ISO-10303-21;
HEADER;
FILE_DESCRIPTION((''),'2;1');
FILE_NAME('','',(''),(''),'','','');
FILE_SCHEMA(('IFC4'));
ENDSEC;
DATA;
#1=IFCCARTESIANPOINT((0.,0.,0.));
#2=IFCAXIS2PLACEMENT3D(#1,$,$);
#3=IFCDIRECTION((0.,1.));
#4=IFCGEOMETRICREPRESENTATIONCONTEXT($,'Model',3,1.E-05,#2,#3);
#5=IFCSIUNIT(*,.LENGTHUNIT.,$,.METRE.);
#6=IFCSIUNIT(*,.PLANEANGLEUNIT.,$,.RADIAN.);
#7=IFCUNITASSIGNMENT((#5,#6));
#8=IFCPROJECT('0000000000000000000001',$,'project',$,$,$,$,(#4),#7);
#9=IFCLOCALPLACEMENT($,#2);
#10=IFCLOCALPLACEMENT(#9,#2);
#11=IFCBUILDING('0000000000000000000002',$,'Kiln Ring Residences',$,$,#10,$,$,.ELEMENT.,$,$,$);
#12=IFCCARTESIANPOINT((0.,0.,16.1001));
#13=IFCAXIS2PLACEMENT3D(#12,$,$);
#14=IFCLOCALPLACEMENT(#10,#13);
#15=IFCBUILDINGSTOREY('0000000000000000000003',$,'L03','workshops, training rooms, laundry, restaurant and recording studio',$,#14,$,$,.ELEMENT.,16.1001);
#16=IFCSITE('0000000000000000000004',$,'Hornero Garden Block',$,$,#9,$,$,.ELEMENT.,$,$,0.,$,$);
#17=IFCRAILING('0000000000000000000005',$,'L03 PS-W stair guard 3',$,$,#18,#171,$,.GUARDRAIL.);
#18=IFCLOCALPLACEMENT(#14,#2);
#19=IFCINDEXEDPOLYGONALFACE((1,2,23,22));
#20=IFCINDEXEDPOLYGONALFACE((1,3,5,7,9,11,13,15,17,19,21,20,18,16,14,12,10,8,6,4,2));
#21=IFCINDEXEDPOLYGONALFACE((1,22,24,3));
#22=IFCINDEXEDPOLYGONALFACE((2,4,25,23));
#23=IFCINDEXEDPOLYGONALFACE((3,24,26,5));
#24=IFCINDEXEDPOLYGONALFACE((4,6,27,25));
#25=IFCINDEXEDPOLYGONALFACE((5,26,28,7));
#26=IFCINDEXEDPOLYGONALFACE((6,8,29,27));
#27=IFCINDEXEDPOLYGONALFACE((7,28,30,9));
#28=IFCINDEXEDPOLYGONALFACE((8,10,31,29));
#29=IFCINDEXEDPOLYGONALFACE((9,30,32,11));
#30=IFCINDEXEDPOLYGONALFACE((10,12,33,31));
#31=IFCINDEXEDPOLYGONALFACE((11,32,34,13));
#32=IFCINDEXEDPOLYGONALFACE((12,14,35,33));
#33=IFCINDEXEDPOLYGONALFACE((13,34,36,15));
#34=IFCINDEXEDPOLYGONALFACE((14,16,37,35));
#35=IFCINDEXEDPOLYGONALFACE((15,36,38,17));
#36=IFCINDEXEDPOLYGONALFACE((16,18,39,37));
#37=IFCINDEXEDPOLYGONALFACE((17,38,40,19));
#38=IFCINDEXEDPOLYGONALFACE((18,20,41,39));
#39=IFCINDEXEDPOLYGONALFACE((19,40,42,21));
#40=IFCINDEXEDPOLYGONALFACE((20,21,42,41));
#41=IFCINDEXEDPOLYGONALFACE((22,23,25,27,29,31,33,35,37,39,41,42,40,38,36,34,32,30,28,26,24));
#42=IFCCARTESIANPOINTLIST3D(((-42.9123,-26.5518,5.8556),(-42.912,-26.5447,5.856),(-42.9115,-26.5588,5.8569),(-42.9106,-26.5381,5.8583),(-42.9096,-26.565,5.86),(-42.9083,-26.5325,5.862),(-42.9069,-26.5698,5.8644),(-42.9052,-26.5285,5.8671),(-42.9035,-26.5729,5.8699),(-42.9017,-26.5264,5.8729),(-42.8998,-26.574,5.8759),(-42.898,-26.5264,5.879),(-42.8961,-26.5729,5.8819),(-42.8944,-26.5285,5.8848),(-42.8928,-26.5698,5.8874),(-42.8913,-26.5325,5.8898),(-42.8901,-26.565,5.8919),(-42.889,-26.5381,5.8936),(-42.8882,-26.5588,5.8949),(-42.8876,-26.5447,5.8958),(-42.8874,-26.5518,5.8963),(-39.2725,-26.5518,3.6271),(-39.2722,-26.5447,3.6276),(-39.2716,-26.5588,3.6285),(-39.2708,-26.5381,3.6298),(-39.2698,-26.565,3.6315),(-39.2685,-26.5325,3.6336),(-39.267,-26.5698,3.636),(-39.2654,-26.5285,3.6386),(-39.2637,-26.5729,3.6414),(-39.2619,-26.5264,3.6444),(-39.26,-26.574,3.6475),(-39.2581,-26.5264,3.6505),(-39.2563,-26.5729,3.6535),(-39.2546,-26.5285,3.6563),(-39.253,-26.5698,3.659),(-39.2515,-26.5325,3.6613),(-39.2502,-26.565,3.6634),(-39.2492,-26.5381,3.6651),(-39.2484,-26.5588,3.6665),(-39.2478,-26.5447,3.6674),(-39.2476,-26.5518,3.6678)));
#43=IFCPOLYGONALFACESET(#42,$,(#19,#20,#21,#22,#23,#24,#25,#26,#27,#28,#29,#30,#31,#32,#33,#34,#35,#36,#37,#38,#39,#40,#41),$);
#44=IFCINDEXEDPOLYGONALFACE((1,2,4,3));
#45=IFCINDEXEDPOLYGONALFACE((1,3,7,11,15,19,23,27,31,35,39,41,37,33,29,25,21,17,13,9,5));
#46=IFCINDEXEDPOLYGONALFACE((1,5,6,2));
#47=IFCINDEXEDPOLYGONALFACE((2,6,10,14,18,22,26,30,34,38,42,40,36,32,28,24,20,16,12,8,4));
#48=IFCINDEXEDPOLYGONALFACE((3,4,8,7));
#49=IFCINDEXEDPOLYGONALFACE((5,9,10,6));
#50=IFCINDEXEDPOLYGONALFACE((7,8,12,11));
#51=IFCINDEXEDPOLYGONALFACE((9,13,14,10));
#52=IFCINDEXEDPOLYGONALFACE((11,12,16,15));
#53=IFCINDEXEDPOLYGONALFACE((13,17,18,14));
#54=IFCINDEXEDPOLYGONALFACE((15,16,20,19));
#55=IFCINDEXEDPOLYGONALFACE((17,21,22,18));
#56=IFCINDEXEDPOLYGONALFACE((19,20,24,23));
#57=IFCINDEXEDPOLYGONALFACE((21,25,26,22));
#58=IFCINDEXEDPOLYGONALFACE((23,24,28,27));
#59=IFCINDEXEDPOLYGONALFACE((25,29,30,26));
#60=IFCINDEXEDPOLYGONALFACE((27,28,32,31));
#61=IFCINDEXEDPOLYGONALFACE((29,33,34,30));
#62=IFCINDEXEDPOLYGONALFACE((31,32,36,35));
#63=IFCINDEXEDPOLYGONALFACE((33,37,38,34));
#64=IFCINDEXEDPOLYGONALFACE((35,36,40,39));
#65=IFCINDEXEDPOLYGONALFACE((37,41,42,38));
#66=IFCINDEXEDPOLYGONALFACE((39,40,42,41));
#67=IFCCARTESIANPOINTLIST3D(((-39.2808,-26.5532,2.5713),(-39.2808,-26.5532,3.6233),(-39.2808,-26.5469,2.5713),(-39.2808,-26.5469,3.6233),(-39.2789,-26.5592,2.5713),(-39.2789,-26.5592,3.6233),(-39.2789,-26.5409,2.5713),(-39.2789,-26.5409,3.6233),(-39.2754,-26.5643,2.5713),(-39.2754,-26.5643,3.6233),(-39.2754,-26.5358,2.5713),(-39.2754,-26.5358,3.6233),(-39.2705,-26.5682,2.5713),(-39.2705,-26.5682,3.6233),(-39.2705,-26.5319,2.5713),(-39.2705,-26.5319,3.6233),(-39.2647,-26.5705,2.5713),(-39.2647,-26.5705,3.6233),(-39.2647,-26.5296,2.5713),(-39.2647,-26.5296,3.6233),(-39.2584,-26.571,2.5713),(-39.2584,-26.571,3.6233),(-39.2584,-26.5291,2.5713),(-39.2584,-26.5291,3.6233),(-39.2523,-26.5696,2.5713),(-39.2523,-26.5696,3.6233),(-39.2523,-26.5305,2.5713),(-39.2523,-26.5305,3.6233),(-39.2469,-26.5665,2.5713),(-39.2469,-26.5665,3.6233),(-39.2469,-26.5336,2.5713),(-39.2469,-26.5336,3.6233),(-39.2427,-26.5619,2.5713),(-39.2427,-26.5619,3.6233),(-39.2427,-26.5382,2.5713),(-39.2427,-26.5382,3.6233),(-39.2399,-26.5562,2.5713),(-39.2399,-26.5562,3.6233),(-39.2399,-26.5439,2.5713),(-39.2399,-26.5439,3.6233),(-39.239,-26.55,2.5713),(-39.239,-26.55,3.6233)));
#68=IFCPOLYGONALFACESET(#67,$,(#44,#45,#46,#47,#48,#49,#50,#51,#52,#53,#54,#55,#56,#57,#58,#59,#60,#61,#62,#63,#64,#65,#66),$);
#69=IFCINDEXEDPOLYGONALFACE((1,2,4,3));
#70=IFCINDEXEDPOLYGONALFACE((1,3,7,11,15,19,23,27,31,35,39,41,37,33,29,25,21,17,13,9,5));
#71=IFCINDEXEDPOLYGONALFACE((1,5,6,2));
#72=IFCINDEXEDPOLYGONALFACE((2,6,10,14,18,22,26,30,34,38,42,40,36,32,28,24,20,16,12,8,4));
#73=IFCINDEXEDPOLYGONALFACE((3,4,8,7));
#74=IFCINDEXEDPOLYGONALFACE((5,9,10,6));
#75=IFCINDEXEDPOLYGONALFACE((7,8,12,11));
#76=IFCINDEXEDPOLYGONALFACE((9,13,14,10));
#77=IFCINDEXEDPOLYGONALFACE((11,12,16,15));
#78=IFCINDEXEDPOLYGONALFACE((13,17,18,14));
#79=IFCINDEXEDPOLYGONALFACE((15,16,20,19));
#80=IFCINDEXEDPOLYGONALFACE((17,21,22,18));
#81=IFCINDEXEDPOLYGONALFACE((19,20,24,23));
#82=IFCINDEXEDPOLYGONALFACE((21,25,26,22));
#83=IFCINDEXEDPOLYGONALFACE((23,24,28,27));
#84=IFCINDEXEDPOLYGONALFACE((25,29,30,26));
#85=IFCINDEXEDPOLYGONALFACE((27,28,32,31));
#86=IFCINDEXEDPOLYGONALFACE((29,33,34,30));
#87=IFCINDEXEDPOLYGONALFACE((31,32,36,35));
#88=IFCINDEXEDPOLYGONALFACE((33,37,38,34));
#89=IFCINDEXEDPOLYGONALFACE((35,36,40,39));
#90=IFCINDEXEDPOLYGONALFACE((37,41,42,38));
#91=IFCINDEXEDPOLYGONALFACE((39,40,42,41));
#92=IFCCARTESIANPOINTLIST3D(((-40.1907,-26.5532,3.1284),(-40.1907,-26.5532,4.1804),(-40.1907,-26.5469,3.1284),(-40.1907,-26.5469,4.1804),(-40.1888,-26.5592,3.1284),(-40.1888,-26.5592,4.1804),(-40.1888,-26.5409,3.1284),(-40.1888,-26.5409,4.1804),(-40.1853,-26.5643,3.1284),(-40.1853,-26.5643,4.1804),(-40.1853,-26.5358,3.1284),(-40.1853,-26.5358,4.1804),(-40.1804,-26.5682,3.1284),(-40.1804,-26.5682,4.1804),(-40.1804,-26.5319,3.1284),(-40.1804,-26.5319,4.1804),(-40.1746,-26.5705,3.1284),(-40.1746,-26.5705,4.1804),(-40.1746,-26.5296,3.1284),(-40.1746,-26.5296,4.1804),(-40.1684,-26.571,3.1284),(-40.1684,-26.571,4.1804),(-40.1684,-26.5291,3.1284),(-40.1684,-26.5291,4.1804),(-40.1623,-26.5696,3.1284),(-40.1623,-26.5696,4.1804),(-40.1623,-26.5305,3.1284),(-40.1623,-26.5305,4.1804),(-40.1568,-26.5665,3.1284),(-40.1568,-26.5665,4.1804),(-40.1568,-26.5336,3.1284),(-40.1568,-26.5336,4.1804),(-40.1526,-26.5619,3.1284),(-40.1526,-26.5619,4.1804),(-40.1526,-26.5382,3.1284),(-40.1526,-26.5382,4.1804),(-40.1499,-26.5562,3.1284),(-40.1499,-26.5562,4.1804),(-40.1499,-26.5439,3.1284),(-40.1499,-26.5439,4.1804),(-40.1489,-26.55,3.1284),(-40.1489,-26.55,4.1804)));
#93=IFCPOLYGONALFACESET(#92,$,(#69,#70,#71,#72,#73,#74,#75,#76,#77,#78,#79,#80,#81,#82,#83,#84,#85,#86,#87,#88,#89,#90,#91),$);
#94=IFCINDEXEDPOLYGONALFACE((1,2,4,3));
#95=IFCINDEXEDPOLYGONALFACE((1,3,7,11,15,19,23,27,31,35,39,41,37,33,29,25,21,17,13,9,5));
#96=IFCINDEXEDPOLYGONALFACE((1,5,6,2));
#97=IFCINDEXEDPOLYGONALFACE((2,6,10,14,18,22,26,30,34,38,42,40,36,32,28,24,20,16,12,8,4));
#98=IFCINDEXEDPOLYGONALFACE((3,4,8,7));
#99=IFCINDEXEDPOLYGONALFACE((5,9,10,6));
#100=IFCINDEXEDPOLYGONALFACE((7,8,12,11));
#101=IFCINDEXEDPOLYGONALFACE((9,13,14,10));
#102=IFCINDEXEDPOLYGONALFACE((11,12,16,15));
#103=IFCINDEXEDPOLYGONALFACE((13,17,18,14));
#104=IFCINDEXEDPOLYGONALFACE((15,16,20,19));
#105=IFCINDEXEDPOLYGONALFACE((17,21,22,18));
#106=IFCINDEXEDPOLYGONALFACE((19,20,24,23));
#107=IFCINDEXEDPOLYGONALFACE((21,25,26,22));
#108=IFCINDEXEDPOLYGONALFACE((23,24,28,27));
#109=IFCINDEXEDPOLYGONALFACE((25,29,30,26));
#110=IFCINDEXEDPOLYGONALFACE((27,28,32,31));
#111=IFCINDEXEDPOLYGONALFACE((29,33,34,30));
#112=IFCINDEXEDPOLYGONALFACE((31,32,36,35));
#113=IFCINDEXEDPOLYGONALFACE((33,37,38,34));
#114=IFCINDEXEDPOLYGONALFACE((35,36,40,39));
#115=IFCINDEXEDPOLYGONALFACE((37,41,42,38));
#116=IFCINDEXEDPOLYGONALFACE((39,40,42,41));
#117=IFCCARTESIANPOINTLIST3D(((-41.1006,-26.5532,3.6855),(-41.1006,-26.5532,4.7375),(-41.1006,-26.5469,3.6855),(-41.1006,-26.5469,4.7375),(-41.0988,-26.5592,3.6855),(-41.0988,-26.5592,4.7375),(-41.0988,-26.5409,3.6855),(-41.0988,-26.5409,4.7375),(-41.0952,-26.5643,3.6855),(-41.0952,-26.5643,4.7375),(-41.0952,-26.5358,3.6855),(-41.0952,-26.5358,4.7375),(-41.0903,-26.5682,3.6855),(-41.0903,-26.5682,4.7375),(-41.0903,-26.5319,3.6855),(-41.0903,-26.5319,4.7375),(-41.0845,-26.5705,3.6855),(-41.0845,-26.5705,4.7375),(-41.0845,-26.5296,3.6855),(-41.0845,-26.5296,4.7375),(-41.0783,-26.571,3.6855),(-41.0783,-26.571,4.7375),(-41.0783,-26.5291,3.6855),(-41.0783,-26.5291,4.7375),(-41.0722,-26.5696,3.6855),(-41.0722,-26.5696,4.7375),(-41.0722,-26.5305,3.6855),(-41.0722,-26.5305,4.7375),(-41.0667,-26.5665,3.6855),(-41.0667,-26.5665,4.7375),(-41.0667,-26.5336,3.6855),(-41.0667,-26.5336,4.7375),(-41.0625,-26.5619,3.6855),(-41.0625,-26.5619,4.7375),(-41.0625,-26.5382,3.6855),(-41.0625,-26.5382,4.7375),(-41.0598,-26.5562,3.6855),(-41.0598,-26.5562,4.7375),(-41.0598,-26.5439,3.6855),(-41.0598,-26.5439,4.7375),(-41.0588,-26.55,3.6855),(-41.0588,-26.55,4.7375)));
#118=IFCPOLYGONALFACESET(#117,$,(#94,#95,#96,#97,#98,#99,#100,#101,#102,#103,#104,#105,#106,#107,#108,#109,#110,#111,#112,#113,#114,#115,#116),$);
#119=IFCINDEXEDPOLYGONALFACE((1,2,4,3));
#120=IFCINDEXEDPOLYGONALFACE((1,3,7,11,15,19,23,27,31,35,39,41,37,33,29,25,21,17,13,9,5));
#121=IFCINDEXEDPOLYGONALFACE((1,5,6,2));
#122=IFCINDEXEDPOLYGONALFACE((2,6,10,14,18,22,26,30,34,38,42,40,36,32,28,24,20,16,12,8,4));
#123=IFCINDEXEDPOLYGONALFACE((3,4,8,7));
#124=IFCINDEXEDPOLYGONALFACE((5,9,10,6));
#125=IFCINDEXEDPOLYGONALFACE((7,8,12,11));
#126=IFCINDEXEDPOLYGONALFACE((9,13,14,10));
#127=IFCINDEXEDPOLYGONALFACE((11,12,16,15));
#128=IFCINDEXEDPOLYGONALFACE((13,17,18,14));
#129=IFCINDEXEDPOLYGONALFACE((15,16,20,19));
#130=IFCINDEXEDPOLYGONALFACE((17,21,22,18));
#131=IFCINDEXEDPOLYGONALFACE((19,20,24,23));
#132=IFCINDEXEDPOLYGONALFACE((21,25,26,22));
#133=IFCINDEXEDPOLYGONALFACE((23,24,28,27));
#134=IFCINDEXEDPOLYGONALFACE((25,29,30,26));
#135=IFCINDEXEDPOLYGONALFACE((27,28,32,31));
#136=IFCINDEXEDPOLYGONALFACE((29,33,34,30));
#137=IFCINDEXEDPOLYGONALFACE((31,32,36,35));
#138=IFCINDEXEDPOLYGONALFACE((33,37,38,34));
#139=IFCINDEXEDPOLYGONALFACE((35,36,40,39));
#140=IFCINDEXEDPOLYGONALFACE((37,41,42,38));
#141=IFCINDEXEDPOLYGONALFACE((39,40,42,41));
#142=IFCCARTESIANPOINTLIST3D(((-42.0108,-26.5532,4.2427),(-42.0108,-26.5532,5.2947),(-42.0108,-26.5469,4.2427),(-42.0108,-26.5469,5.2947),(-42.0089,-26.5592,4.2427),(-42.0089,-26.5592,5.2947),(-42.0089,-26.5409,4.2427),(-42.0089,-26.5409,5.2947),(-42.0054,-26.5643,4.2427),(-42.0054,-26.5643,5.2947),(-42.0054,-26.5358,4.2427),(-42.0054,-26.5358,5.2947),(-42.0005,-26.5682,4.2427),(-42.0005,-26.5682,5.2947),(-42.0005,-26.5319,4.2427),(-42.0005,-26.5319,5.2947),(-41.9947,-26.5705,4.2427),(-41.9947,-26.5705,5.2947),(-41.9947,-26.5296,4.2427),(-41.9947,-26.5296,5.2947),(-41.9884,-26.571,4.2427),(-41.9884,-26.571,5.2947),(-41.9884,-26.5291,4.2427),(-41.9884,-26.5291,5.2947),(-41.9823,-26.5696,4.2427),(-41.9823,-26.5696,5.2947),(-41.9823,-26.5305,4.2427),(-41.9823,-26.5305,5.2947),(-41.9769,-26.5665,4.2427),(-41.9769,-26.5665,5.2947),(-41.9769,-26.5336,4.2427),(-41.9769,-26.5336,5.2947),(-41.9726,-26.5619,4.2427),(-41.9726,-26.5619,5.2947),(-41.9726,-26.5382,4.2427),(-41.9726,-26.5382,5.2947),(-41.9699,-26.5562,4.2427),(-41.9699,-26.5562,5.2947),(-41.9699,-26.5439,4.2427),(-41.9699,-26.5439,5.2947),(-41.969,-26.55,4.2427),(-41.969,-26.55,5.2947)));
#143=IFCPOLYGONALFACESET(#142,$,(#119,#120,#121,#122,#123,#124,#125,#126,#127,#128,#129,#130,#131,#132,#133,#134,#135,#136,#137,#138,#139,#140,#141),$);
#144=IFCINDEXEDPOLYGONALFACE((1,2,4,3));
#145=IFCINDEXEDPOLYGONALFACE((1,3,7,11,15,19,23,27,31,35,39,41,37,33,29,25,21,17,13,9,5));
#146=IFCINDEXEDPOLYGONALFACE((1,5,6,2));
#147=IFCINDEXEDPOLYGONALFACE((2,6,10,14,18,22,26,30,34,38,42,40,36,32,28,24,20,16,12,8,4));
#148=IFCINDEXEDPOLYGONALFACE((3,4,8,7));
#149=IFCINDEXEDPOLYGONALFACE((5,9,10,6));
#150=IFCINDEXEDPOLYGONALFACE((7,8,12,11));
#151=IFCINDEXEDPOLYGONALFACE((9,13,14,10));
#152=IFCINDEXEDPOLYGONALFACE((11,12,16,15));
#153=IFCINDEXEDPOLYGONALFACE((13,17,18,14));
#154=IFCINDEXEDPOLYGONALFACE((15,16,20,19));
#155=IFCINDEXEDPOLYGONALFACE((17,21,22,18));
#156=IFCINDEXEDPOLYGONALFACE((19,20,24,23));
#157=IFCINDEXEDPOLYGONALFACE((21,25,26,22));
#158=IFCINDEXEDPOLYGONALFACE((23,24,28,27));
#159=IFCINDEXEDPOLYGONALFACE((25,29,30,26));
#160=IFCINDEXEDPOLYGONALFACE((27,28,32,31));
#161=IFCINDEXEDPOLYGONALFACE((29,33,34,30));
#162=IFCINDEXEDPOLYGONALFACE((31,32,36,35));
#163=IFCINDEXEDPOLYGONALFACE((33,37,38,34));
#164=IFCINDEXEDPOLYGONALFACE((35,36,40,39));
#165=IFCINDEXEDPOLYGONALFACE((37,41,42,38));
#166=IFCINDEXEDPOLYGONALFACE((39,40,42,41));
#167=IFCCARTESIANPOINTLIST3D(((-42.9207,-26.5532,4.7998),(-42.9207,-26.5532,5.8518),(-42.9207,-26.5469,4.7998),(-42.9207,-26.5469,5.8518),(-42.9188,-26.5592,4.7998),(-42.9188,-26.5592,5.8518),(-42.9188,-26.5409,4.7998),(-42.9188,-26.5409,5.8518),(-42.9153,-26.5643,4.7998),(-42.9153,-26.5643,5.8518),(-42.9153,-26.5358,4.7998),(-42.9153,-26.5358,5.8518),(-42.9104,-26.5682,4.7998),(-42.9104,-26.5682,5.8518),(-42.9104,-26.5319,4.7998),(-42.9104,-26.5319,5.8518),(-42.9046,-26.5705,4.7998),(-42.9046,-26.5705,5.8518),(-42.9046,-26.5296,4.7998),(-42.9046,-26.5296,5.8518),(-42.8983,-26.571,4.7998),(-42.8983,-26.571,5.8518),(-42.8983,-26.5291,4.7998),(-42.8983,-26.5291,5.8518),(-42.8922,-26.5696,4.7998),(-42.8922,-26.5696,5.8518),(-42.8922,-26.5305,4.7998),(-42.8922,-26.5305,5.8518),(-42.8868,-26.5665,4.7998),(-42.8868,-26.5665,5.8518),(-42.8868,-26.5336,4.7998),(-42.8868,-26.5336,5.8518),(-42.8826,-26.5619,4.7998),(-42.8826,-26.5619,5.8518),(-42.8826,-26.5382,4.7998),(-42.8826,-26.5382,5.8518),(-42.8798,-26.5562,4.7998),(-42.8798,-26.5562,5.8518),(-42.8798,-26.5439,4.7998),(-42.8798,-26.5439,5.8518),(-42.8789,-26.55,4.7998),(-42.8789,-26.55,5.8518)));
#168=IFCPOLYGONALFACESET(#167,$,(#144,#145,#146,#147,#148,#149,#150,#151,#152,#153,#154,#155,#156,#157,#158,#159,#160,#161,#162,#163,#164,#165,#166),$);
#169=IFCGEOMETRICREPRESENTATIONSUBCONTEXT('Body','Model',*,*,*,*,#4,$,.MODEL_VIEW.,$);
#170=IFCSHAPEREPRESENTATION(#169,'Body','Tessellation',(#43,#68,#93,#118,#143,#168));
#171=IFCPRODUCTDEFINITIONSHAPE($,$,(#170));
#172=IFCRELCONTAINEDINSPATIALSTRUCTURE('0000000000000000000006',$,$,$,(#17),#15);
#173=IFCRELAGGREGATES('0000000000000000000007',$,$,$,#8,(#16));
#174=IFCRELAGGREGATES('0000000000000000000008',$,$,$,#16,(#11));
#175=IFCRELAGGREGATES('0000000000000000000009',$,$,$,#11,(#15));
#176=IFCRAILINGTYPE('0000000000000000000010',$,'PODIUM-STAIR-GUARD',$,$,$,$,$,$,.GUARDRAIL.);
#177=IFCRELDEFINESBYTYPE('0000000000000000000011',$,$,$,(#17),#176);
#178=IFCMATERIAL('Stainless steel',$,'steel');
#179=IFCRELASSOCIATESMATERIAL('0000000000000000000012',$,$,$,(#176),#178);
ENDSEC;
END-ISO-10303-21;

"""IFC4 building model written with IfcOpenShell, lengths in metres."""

from ifc_helpers import new_model, si_unit, direction, frame, origin, origin_2d, place, context, subcontext, project, spatial, circle, extrude, material, type_object, element, save


model = new_model("IFC4")

# Units and contexts
model_context = context("Model", 3, precision=1e-05, world=origin(), true_north=direction((0.0, 1.0)))
body_context = subcontext(model_context, "Body", "Model", "MODEL_VIEW")
ifc_project = project(units=[si_unit("LENGTHUNIT", "METRE"), si_unit("PLANEANGLEUNIT", "RADIAN")], contexts=[model_context])

# Site, building, storey
site_placement = place(None, origin())
site = spatial("IfcSite", under=ifc_project, at=site_placement, Name="Hornero Garden Block", CompositionType="ELEMENT", RefElevation=0.0)
building_placement = place(site_placement, origin())
building = spatial("IfcBuilding", under=site, at=building_placement, Name="Kiln Ring Residences", CompositionType="ELEMENT")
storey_placement = place(building_placement, frame((0.0, 0.0, 16.1001)))
storey = spatial("IfcBuildingStorey", under=building, at=storey_placement, Name="L03", Description="workshops, training rooms, laundry, restaurant and recording studio", CompositionType="ELEMENT", Elevation=16.1001)

# Railing
ifc_material_1 = material(Name="Stainless steel", Category="steel")
railing_type_1 = type_object("IfcRailingType", Name="PODIUM-STAIR-GUARD", PredefinedType="GUARDRAIL", material=ifc_material_1)
railing_1_placement = place(storey_placement, frame((-39.26, -26.55, 2.5713)))
element("IfcRailing", 1, at=railing_1_placement, inside=storey, type_object=railing_type_1, Name="L03 PS-W stair guard 3", PredefinedType="GUARDRAIL", context=body_context, shape_type="SweptSolid", body=[
    extrude(circle(Radius=0.0239, at=origin_2d()), frame((0.0, 0.0, 1.0762), z_axis=(-0.85285, 0.0, 0.522156), x_axis=(0.0, -1.0, 0.0)), (0.0, 0.0, 1.0), 4.2678),
    extrude(circle(Radius=0.021, at=origin_2d()), origin(), (0.0, 0.0, 1.0), 1.052),
    extrude(circle(Radius=0.021, at=origin_2d()), frame((-0.9099, 0.0, 0.5571)), (0.0, 0.0, 1.0), 1.052),
    extrude(circle(Radius=0.021, at=origin_2d()), frame((-1.8198, 0.0, 1.1143)), (0.0, 0.0, 1.0), 1.052),
    extrude(circle(Radius=0.021, at=origin_2d()), frame((-2.73, 0.0, 1.6714)), (0.0, 0.0, 1.0), 1.052),
    extrude(circle(Radius=0.021, at=origin_2d()), frame((-3.6399, 0.0, 2.2285)), (0.0, 0.0, 1.0), 1.052),
])

save(model, "model.ifc")
